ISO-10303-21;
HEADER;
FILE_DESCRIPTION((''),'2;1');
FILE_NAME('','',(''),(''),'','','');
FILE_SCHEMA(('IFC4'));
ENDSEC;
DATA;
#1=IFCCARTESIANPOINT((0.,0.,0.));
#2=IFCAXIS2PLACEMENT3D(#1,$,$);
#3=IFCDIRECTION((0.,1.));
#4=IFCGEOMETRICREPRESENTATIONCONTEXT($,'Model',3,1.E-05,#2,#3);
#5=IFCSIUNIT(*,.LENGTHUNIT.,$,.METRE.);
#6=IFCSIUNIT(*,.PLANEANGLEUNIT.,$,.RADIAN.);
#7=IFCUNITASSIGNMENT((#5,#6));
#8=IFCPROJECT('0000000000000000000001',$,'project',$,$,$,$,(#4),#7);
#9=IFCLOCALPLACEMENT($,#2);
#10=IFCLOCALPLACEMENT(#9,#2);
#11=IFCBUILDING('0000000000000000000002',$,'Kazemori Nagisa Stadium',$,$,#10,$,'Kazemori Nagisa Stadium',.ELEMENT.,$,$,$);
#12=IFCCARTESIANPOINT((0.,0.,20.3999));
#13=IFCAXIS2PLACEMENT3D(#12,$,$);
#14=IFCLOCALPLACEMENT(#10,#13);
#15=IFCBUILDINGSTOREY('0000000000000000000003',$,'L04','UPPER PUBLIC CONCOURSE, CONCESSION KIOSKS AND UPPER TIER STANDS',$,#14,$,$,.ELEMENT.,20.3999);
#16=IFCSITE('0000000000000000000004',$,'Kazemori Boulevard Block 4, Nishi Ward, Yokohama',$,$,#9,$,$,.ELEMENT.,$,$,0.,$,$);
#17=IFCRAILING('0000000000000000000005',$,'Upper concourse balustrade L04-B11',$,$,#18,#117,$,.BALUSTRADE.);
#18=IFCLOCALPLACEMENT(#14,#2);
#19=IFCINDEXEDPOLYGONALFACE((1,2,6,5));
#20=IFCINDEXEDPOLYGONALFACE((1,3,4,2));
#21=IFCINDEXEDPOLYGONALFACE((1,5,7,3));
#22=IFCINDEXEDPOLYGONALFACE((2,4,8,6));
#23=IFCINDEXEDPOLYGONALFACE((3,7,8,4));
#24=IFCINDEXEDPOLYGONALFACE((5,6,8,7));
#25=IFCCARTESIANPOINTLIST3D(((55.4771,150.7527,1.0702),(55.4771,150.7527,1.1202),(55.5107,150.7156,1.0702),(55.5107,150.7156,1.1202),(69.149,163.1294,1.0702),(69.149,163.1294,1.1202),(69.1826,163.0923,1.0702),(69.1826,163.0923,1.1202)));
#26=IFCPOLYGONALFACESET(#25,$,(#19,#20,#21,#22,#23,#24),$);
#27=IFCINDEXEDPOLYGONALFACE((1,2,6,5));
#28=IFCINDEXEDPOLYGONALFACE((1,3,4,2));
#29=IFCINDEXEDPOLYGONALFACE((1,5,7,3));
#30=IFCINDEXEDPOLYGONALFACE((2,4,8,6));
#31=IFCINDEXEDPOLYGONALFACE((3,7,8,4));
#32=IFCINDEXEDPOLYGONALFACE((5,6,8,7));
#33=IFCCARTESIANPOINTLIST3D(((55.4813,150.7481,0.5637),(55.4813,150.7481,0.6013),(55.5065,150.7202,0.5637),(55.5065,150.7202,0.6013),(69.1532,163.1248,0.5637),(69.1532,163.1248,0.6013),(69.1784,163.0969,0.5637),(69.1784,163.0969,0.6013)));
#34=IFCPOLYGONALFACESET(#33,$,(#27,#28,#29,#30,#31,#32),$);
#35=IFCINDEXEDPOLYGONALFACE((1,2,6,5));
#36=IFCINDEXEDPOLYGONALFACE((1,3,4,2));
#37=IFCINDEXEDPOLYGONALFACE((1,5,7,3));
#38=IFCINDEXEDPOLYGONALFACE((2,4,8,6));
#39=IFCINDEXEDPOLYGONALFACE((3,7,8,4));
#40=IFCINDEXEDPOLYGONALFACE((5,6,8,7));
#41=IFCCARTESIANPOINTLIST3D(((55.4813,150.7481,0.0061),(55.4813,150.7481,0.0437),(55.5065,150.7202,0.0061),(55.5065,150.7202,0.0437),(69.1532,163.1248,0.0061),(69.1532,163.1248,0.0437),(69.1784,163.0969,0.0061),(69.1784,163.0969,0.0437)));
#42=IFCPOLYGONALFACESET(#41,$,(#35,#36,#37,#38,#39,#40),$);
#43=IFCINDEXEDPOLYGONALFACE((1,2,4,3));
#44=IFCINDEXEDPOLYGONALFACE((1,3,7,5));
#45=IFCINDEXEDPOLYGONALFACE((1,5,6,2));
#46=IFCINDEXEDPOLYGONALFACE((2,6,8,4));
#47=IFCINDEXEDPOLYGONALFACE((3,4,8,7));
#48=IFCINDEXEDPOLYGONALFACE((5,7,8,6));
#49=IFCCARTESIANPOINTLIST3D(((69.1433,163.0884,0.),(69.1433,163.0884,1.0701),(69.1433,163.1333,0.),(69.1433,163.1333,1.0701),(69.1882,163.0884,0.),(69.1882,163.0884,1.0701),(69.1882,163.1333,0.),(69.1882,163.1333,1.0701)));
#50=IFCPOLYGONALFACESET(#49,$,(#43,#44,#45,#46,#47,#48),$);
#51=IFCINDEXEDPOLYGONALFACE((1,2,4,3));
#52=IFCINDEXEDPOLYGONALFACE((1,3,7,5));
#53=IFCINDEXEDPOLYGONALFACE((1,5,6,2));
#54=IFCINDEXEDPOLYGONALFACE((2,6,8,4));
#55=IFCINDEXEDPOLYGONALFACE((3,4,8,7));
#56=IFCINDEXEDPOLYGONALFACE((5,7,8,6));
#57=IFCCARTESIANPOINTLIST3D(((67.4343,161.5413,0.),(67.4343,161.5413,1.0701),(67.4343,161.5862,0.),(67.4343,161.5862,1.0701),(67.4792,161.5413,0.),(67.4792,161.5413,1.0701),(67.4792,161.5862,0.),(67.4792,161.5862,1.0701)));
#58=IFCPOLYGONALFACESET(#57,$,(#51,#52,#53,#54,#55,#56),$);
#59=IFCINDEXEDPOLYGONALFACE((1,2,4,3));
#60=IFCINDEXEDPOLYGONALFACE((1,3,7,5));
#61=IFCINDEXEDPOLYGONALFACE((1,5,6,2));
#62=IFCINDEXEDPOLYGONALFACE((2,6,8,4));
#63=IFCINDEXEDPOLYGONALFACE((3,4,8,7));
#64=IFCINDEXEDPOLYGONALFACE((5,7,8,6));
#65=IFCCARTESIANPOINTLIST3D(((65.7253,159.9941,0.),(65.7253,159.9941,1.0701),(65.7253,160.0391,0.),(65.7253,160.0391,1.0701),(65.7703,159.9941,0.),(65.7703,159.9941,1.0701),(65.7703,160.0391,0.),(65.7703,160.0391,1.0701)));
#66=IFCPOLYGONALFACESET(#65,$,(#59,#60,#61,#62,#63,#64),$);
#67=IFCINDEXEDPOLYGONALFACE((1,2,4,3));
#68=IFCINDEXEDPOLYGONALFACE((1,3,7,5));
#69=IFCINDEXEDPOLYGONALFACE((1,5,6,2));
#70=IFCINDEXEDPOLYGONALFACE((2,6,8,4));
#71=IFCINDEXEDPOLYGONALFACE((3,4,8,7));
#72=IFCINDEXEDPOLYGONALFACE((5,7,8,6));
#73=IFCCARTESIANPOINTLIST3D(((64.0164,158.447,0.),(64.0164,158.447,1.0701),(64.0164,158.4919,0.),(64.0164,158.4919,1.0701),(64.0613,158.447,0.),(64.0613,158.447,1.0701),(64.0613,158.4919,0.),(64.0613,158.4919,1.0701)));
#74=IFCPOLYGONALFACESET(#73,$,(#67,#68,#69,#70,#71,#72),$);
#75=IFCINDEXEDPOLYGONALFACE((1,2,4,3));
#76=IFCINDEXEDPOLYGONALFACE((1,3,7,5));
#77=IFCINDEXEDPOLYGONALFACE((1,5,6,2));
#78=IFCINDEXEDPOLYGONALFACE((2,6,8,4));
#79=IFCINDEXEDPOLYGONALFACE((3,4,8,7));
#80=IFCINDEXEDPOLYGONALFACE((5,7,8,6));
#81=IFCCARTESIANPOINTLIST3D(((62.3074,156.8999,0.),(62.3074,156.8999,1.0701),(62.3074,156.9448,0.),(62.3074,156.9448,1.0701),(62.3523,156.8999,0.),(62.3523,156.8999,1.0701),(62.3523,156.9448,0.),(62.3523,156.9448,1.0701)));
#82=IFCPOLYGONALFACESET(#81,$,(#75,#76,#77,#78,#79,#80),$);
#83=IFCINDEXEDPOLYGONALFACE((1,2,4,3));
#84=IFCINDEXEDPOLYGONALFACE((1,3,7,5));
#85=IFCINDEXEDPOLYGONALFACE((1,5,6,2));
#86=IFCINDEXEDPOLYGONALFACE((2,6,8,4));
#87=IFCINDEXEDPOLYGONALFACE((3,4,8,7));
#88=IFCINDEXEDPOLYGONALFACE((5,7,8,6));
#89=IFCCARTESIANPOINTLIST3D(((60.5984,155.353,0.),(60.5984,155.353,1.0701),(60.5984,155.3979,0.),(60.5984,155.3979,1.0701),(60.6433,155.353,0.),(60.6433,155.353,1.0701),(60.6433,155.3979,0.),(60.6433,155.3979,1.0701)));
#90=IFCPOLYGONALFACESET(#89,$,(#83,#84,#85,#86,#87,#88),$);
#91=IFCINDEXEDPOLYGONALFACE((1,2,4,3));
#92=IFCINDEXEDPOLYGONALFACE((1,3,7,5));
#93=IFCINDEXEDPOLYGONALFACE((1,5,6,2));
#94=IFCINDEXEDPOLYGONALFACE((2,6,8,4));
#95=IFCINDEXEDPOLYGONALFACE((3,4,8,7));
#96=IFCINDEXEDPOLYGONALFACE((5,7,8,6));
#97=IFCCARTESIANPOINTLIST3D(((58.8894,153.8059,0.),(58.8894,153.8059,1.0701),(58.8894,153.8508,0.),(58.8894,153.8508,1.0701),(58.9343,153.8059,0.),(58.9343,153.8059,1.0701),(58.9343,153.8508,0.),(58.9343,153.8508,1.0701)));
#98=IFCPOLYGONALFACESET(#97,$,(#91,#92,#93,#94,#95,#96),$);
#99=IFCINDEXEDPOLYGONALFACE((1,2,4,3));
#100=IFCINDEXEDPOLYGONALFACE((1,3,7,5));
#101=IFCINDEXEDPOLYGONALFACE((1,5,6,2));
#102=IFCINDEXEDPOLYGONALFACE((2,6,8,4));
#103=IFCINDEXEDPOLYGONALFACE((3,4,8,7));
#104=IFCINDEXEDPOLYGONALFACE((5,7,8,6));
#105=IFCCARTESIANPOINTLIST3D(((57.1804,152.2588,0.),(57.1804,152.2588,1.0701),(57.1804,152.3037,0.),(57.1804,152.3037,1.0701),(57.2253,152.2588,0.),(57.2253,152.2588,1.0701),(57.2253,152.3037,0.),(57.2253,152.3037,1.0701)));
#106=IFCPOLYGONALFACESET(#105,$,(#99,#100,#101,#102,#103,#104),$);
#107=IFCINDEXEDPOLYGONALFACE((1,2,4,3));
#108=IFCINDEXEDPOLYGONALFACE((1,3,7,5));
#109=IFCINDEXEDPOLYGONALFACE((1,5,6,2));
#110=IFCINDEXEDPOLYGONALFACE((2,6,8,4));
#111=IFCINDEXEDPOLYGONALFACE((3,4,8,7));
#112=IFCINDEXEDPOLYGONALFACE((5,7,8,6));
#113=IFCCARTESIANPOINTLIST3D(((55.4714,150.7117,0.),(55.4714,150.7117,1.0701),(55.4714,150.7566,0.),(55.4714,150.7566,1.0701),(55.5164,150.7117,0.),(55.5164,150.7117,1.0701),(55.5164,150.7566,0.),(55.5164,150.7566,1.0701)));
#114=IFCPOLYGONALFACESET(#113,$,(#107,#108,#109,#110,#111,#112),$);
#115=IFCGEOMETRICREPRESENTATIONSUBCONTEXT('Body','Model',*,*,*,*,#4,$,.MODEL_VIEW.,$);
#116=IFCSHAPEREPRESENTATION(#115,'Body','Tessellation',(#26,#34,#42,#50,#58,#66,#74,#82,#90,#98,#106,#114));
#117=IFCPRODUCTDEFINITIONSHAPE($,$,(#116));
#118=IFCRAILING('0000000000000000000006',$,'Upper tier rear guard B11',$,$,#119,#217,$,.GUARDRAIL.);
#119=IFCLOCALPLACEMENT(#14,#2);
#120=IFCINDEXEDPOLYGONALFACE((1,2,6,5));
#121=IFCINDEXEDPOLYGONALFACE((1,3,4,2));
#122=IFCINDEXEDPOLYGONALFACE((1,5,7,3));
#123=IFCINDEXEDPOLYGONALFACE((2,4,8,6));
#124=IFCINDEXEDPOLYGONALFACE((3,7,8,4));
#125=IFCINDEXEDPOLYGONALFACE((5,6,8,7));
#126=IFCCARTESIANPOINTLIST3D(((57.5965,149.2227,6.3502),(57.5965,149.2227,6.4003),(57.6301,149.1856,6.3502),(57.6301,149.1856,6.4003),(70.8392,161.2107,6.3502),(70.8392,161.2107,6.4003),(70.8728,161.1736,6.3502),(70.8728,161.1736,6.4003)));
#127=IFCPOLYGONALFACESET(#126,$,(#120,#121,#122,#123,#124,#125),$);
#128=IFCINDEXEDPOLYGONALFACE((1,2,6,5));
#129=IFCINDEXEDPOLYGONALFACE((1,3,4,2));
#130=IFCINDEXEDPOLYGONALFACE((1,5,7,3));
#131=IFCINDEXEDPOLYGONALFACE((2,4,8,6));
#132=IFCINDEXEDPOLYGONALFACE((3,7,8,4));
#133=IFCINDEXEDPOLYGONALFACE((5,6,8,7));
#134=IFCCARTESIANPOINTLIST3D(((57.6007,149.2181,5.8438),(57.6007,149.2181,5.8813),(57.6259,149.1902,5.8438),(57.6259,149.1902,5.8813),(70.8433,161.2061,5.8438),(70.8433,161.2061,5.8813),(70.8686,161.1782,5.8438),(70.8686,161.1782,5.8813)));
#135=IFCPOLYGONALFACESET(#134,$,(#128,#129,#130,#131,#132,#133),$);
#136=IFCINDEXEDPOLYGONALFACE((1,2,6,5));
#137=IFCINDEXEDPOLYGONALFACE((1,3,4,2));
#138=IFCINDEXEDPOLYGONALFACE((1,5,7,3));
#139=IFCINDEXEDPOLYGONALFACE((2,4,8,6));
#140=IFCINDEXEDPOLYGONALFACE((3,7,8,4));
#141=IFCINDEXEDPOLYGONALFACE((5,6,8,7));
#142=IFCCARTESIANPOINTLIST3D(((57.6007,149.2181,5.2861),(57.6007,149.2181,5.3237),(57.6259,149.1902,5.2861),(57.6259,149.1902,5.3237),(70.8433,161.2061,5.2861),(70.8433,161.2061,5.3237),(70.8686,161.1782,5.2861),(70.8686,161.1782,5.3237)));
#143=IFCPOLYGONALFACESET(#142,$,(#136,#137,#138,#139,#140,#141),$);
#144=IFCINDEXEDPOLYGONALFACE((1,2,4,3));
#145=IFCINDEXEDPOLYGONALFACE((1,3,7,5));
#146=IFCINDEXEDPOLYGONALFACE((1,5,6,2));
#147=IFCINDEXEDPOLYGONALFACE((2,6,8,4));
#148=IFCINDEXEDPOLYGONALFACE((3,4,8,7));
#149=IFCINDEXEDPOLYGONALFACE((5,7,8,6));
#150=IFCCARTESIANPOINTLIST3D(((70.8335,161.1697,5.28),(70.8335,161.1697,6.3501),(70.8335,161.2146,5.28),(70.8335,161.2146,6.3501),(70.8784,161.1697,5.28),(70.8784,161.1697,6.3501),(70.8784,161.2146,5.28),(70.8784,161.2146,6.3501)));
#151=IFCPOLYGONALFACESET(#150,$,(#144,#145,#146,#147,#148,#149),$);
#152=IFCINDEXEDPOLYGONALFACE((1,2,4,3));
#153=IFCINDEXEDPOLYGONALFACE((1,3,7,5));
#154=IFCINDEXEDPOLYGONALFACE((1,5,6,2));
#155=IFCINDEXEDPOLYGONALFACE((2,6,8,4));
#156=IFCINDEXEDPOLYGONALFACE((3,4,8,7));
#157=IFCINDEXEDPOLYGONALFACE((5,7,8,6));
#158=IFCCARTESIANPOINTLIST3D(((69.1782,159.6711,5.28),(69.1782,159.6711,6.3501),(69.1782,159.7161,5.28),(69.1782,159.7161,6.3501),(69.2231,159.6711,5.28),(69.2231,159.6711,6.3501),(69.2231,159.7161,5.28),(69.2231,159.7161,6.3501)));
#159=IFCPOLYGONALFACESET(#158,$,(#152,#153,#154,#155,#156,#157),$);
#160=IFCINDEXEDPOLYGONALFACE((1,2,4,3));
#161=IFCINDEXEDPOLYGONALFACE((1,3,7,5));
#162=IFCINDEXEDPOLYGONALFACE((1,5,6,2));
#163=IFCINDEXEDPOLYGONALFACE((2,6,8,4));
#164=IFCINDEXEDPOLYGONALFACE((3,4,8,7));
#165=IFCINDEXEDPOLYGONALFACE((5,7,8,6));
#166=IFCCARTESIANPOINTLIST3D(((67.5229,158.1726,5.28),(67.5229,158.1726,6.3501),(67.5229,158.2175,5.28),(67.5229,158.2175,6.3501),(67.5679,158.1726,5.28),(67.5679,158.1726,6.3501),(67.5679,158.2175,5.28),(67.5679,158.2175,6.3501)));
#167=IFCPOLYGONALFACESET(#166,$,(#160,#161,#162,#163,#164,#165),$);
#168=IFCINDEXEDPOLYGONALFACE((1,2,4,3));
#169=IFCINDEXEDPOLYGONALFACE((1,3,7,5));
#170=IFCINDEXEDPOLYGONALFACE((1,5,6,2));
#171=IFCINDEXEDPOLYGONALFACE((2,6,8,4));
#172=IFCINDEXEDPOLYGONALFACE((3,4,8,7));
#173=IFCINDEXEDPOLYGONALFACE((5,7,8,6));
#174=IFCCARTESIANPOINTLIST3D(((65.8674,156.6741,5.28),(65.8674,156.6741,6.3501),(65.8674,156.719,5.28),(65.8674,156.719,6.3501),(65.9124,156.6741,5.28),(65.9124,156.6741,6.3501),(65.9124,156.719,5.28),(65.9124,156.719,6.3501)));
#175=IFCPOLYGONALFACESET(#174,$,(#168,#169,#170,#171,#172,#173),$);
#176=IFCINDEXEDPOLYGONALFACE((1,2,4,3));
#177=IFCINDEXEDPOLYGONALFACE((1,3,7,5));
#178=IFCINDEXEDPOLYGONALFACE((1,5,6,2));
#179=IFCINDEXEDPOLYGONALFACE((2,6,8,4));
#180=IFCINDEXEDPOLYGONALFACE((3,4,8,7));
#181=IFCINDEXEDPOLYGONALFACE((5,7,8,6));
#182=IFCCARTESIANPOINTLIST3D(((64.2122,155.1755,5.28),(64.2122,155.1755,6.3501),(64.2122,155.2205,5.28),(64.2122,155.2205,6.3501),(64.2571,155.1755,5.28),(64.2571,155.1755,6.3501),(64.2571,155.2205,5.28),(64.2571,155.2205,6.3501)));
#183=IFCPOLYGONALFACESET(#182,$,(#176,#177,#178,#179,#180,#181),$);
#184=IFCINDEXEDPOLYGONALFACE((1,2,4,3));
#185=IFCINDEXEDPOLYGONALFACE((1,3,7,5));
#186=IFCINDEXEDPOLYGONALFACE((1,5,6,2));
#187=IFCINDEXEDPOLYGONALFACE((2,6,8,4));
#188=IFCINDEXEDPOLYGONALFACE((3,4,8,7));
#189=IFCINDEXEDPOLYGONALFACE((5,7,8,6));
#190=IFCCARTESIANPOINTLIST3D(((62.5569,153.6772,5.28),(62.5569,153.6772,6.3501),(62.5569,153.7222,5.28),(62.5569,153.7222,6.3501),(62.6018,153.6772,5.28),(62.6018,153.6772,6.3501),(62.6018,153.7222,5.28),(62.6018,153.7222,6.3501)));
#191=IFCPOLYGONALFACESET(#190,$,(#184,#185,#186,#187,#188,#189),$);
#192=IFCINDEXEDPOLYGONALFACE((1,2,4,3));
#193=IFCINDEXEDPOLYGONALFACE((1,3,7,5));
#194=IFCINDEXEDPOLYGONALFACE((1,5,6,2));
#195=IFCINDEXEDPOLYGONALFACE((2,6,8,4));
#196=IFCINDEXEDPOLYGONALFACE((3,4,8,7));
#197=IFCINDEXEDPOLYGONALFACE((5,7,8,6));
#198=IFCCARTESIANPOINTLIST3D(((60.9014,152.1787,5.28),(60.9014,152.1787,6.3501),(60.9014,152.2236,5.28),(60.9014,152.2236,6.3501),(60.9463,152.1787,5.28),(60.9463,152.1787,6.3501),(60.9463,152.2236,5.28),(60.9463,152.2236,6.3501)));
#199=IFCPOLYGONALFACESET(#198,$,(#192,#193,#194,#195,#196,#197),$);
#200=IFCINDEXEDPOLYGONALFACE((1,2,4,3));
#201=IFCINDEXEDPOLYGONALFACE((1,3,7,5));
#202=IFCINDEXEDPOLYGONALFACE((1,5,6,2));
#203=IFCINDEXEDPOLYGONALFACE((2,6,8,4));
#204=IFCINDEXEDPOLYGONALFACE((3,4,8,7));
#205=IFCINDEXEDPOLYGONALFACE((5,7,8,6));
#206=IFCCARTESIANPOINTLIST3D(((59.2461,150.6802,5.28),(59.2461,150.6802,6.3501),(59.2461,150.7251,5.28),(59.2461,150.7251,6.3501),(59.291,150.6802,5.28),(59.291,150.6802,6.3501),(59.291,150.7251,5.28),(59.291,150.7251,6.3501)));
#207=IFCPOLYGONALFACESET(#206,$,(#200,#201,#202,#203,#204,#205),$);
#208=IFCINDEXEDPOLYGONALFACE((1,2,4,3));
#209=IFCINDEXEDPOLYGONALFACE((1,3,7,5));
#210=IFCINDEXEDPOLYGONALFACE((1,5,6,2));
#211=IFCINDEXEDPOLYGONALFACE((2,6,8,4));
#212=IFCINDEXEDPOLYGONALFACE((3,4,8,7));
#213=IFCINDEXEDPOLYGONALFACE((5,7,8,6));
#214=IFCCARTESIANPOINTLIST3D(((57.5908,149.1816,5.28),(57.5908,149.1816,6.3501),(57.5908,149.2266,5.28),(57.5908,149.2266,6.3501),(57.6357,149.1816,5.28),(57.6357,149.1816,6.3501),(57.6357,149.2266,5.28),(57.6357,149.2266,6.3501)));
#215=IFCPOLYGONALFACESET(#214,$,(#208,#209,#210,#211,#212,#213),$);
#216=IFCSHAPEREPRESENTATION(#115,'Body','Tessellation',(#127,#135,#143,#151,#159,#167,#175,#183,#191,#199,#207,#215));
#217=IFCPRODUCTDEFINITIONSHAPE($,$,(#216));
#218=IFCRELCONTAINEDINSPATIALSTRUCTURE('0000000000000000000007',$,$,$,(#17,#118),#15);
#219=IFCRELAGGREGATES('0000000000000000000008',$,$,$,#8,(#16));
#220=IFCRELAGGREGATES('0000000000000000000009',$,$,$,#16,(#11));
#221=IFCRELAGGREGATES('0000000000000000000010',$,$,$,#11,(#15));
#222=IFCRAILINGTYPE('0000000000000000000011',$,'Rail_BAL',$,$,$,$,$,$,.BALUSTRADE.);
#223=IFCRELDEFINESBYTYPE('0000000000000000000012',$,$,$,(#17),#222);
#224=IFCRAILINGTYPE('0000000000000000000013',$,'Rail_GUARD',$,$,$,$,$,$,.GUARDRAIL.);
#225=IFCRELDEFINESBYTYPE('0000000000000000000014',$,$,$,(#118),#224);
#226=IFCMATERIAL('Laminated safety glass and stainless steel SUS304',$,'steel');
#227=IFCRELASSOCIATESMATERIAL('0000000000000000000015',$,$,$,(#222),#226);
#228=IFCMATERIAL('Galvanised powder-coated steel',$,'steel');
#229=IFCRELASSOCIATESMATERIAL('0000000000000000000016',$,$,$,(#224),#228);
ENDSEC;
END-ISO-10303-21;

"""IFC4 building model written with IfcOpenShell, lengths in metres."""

from ifc_helpers import new_model, si_unit, direction, frame, origin, origin_2d, place, context, subcontext, project, spatial, rectangle, extrude, material, type_object, element, save


model = new_model("IFC4")

# Units and contexts
model_context = context("Model", 3, precision=1e-05, world=origin(), true_north=direction((0.0, 1.0)))
body_context = subcontext(model_context, "Body", "Model", "MODEL_VIEW")
ifc_project = project(units=[si_unit("LENGTHUNIT", "METRE"), si_unit("PLANEANGLEUNIT", "RADIAN")], contexts=[model_context])

# Site, building, storey
site_placement = place(None, origin())
site = spatial("IfcSite", under=ifc_project, at=site_placement, Name="Kazemori Boulevard Block 4, Nishi Ward, Yokohama", CompositionType="ELEMENT", RefElevation=0.0)
building_placement = place(site_placement, origin())
building = spatial("IfcBuilding", under=site, at=building_placement, Name="Kazemori Nagisa Stadium", LongName="Kazemori Nagisa Stadium", CompositionType="ELEMENT")
storey_placement = place(building_placement, frame((0.0, 0.0, 20.3999)))
storey = spatial("IfcBuildingStorey", under=building, at=storey_placement, Name="L04", Description="UPPER PUBLIC CONCOURSE, CONCESSION KIOSKS AND UPPER TIER STANDS", CompositionType="ELEMENT", Elevation=20.3999)

# Railings
ifc_material_1 = material(Name="Laminated safety glass and stainless steel SUS304", Category="steel")
railing_type_1 = type_object("IfcRailingType", Name="Rail_BAL", PredefinedType="BALUSTRADE", material=ifc_material_1)
railing_1_placement = place(storey_placement, frame((69.1658, 163.1108, 0.0)))
element("IfcRailing", 1, at=railing_1_placement, inside=storey, type_object=railing_type_1, Name="Upper concourse balustrade L04-B11", PredefinedType="BALUSTRADE", context=body_context, shape_type="SweptSolid", body=[
    extrude(rectangle(XDim=0.05, YDim=0.05, at=origin_2d()), frame((0.0, 0.0, 1.0952), z_axis=(-0.741349, -0.67112, 0.0), x_axis=(0.67112, -0.741349, 0.0)), (0.0, 0.0, 1.0), 18.4419),
    extrude(rectangle(XDim=0.0376, YDim=0.0376, at=origin_2d()), frame((0.0, 0.0, 0.5825), z_axis=(-0.741349, -0.67112, 0.0), x_axis=(0.67112, -0.741349, 0.0)), (0.0, 0.0, 1.0), 18.4419),
    extrude(rectangle(XDim=0.0376, YDim=0.0376, at=origin_2d()), frame((0.0, 0.0, 0.0249), z_axis=(-0.741349, -0.67112, 0.0), x_axis=(0.67112, -0.741349, 0.0)), (0.0, 0.0, 1.0), 18.4419),
    extrude(rectangle(XDim=0.0449, YDim=0.0449, at=origin_2d()), origin(), (0.0, 0.0, 1.0), 1.0701),
    extrude(rectangle(XDim=0.0449, YDim=0.0449, at=origin_2d()), frame((-1.709, -1.5471, 0.0)), (0.0, 0.0, 1.0), 1.0701),
    extrude(rectangle(XDim=0.0449, YDim=0.0449, at=origin_2d()), frame((-3.418, -3.0942, 0.0)), (0.0, 0.0, 1.0), 1.0701),
    extrude(rectangle(XDim=0.0449, YDim=0.0449, at=origin_2d()), frame((-5.127, -4.6414, 0.0)), (0.0, 0.0, 1.0), 1.0701),
    extrude(rectangle(XDim=0.0449, YDim=0.0449, at=origin_2d()), frame((-6.8359, -6.1885, 0.0)), (0.0, 0.0, 1.0), 1.0701),
    extrude(rectangle(XDim=0.0449, YDim=0.0449, at=origin_2d()), frame((-8.5449, -7.7354, 0.0)), (0.0, 0.0, 1.0), 1.0701),
    extrude(rectangle(XDim=0.0449, YDim=0.0449, at=origin_2d()), frame((-10.2539, -9.2825, 0.0)), (0.0, 0.0, 1.0), 1.0701),
    extrude(rectangle(XDim=0.0449, YDim=0.0449, at=origin_2d()), frame((-11.9629, -10.8296, 0.0)), (0.0, 0.0, 1.0), 1.0701),
    extrude(rectangle(XDim=0.0449, YDim=0.0449, at=origin_2d()), frame((-13.6719, -12.3767, 0.0)), (0.0, 0.0, 1.0), 1.0701),
])
ifc_material_2 = material(Name="Galvanised powder-coated steel", Category="steel")
railing_type_2 = type_object("IfcRailingType", Name="Rail_GUARD", PredefinedType="GUARDRAIL", material=ifc_material_2)
railing_2_placement = place(storey_placement, frame((70.856, 161.1921, 5.28)))
element("IfcRailing", 2, at=railing_2_placement, inside=storey, type_object=railing_type_2, Name="Upper tier rear guard B11", PredefinedType="GUARDRAIL", context=body_context, shape_type="SweptSolid", body=[
    extrude(rectangle(XDim=0.05, YDim=0.05, at=origin_2d()), frame((0.0, 0.0, 1.0952), z_axis=(-0.741353, -0.671115, 0.0), x_axis=(0.671115, -0.741353, 0.0)), (0.0, 0.0, 1.0), 17.8628),
    extrude(rectangle(XDim=0.0376, YDim=0.0376, at=origin_2d()), frame((0.0, 0.0, 0.5825), z_axis=(-0.741353, -0.671115, 0.0), x_axis=(0.671115, -0.741353, 0.0)), (0.0, 0.0, 1.0), 17.8628),
    extrude(rectangle(XDim=0.0376, YDim=0.0376, at=origin_2d()), frame((0.0, 0.0, 0.0249), z_axis=(-0.741353, -0.671115, 0.0), x_axis=(0.671115, -0.741353, 0.0)), (0.0, 0.0, 1.0), 17.8628),
    extrude(rectangle(XDim=0.0449, YDim=0.0449, at=origin_2d()), origin(), (0.0, 0.0, 1.0), 1.0701),
    extrude(rectangle(XDim=0.0449, YDim=0.0449, at=origin_2d()), frame((-1.6553, -1.4985, 0.0)), (0.0, 0.0, 1.0), 1.0701),
    extrude(rectangle(XDim=0.0449, YDim=0.0449, at=origin_2d()), frame((-3.3105, -2.9971, 0.0)), (0.0, 0.0, 1.0), 1.0701),
    extrude(rectangle(XDim=0.0449, YDim=0.0449, at=origin_2d()), frame((-4.9661, -4.4956, 0.0)), (0.0, 0.0, 1.0), 1.0701),
    extrude(rectangle(XDim=0.0449, YDim=0.0449, at=origin_2d()), frame((-6.6213, -5.9941, 0.0)), (0.0, 0.0, 1.0), 1.0701),
    extrude(rectangle(XDim=0.0449, YDim=0.0449, at=origin_2d()), frame((-8.2766, -7.4924, 0.0)), (0.0, 0.0, 1.0), 1.0701),
    extrude(rectangle(XDim=0.0449, YDim=0.0449, at=origin_2d()), frame((-9.9321, -8.991, 0.0)), (0.0, 0.0, 1.0), 1.0701),
    extrude(rectangle(XDim=0.0449, YDim=0.0449, at=origin_2d()), frame((-11.5874, -10.4895, 0.0)), (0.0, 0.0, 1.0), 1.0701),
    extrude(rectangle(XDim=0.0449, YDim=0.0449, at=origin_2d()), frame((-13.2427, -11.988, 0.0)), (0.0, 0.0, 1.0), 1.0701),
])

save(model, "model.ifc")
